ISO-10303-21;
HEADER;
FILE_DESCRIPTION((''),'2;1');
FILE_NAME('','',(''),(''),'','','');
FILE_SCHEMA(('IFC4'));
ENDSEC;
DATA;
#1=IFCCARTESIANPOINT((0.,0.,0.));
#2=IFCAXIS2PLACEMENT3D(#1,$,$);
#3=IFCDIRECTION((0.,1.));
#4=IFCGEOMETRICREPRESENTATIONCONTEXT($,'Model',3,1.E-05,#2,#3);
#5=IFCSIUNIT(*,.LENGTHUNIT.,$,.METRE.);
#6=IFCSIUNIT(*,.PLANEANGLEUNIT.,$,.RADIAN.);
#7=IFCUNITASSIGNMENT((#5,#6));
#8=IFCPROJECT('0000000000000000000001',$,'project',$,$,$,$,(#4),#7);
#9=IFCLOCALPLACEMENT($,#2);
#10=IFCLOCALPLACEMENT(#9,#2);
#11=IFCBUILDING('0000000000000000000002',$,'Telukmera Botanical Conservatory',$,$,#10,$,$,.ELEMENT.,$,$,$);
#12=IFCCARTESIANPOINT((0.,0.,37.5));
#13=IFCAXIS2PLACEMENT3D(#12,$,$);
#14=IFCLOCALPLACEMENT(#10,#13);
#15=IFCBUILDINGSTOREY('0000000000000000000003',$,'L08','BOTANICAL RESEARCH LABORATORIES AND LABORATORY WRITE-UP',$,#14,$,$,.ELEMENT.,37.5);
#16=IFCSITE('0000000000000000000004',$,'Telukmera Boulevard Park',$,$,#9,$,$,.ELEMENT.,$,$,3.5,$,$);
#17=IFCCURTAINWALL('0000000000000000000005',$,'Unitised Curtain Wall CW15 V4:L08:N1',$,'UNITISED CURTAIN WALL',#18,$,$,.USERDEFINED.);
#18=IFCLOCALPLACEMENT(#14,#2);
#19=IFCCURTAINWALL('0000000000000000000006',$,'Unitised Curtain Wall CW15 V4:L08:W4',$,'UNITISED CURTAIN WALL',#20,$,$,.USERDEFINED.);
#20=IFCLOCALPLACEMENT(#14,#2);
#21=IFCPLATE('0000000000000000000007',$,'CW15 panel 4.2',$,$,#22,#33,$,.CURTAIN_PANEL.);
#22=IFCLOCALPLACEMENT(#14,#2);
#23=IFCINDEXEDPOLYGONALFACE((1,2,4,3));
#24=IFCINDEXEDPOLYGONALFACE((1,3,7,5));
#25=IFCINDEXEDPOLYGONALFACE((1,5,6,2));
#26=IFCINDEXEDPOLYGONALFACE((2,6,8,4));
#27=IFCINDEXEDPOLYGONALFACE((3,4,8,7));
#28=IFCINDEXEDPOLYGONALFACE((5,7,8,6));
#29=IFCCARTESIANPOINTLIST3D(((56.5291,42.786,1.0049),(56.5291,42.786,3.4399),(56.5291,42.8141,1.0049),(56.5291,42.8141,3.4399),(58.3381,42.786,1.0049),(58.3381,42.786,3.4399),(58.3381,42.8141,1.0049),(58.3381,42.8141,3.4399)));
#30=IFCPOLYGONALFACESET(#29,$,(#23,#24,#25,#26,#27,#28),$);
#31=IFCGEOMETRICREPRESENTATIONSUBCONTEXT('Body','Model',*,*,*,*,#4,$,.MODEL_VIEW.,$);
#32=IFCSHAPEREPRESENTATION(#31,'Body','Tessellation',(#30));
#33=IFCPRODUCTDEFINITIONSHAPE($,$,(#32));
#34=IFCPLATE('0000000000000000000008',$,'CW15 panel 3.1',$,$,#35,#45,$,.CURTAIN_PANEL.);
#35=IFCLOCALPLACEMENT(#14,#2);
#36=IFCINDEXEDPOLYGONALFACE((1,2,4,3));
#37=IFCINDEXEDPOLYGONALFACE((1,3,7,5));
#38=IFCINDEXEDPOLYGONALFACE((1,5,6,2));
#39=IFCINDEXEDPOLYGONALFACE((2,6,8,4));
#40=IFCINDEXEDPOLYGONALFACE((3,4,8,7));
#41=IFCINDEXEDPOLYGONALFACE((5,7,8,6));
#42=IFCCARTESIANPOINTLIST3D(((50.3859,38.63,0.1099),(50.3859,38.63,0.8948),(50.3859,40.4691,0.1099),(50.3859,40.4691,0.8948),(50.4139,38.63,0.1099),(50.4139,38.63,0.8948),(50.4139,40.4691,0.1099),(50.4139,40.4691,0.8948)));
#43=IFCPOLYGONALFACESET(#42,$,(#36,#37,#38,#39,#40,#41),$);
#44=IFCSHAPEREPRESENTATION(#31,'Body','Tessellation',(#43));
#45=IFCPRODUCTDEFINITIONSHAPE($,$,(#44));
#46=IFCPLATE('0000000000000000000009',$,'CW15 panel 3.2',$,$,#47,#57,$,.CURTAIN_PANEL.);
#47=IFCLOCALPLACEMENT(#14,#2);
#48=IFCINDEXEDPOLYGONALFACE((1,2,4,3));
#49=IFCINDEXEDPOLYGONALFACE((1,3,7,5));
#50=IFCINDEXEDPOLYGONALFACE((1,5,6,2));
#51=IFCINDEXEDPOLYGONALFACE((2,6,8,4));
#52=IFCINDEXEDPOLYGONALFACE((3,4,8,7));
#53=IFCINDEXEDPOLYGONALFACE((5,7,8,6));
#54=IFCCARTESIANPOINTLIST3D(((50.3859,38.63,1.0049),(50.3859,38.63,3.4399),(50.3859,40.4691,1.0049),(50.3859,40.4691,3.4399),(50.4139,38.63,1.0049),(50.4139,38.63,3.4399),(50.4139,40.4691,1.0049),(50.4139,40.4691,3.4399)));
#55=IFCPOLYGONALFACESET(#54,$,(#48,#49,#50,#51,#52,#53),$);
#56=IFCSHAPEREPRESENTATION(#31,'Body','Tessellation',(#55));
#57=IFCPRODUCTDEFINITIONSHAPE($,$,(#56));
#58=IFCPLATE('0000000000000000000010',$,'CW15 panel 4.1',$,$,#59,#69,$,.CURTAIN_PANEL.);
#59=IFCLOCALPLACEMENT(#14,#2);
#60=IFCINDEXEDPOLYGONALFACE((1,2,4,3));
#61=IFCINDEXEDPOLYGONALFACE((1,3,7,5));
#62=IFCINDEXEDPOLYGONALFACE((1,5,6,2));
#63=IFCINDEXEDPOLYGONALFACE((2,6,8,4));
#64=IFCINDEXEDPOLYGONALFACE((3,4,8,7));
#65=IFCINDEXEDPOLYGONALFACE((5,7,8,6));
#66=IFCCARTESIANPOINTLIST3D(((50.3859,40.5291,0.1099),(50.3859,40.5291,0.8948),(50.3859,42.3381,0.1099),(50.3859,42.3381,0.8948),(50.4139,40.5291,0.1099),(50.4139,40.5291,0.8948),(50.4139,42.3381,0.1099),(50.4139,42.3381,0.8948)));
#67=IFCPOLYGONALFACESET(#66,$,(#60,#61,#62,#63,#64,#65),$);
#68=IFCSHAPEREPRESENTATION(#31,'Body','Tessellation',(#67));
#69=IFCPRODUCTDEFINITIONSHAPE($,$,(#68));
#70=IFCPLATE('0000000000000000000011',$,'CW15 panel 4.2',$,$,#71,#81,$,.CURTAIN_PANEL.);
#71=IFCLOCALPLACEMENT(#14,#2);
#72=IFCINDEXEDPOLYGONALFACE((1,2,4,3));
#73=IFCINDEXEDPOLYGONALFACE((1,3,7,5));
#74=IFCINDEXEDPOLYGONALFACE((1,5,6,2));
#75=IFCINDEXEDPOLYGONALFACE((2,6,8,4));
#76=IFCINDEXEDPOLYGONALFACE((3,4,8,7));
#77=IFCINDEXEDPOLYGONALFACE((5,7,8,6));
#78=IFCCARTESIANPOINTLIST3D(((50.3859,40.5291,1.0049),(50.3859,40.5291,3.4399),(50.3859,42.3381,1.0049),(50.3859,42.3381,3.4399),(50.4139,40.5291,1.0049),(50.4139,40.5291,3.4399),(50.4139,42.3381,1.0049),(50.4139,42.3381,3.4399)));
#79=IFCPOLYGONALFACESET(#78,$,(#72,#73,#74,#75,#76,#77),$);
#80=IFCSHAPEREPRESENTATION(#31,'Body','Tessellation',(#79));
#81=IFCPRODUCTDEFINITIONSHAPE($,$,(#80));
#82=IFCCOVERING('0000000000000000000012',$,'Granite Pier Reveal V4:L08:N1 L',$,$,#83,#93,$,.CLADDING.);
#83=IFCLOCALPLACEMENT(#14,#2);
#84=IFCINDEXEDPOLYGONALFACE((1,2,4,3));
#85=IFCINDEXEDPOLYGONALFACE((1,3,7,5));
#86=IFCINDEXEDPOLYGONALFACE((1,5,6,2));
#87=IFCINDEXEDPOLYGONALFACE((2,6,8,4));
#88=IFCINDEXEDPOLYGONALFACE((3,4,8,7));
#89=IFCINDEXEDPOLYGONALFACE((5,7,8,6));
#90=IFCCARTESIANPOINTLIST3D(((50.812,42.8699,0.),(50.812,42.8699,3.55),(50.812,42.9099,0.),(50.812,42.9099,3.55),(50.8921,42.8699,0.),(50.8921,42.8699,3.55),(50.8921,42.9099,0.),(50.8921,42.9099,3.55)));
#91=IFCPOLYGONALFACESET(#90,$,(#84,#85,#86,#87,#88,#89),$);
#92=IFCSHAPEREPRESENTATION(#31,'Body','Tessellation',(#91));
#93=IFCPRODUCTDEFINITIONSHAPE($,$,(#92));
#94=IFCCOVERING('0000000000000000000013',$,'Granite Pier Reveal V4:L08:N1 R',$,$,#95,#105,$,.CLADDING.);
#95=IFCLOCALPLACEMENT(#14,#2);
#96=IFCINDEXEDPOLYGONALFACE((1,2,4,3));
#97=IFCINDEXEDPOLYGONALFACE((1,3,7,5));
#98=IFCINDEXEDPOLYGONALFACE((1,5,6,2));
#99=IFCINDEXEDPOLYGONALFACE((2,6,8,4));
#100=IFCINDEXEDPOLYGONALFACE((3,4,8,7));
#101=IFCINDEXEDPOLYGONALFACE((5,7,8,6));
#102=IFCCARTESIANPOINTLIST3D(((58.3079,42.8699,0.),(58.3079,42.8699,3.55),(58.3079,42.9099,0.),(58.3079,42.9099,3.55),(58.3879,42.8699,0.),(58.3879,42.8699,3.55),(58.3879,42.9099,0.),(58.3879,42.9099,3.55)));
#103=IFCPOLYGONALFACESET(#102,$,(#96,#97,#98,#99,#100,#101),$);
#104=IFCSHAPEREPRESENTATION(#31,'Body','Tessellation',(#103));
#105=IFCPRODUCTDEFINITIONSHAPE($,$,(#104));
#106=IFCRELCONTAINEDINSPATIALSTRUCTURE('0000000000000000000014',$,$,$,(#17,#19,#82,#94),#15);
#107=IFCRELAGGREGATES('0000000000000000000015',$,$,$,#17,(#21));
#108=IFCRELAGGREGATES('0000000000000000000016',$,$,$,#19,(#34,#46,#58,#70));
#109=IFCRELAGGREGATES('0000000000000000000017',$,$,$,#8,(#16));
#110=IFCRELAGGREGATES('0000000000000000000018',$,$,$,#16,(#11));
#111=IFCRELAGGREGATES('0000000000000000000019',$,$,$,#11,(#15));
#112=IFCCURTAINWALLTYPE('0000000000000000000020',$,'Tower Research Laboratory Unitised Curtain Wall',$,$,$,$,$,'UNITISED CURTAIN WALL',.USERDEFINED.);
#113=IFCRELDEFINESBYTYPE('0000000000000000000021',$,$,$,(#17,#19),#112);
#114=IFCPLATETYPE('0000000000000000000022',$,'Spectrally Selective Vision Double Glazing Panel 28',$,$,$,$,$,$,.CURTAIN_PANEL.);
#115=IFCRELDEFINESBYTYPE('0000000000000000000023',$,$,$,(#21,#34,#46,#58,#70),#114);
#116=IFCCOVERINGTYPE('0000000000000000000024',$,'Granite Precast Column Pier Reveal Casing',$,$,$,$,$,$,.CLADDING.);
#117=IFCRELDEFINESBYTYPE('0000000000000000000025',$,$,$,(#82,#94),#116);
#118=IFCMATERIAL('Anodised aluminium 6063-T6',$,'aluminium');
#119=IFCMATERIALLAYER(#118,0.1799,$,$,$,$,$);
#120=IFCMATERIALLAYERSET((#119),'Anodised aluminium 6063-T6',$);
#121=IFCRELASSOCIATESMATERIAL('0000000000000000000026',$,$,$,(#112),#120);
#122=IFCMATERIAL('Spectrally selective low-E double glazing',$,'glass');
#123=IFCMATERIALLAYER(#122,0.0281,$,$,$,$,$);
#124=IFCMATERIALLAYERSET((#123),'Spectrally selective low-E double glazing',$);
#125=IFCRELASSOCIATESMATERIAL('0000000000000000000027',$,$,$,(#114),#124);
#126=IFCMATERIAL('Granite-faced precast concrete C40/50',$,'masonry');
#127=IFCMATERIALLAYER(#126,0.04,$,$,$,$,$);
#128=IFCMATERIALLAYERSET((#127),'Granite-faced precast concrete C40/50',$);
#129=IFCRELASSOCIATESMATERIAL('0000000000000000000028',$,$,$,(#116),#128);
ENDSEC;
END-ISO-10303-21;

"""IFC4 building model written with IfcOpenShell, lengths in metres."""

from ifc_helpers import new_model, si_unit, direction, frame, origin, origin_2d, place, context, subcontext, project, spatial, rectangle, extrude, material, layer, layer_set, type_object, element, aggregate, save


model = new_model("IFC4")

# Units and contexts
model_context = context("Model", 3, precision=1e-05, world=origin(), true_north=direction((0.0, 1.0)))
body_context = subcontext(model_context, "Body", "Model", "MODEL_VIEW")
ifc_project = project(units=[si_unit("LENGTHUNIT", "METRE"), si_unit("PLANEANGLEUNIT", "RADIAN")], contexts=[model_context])

# Site, building, storey
site_placement = place(None, origin())
site = spatial("IfcSite", under=ifc_project, at=site_placement, Name="Telukmera Boulevard Park", CompositionType="ELEMENT", RefElevation=3.5)
building_placement = place(site_placement, origin())
building = spatial("IfcBuilding", under=site, at=building_placement, Name="Telukmera Botanical Conservatory", CompositionType="ELEMENT")
storey_placement = place(building_placement, frame((0.0, 0.0, 37.5)))
storey = spatial("IfcBuildingStorey", under=building, at=storey_placement, Name="L08", Description="BOTANICAL RESEARCH LABORATORIES AND LABORATORY WRITE-UP", CompositionType="ELEMENT", Elevation=37.5)

# Curtain wall
ifc_material_1 = material(Name="Anodised aluminium 6063-T6", Category="aluminium")
ifc_layer_1 = layer(ifc_material_1, 0.1799)
ifc_layer_set_1 = layer_set([ifc_layer_1], Name="Anodised aluminium 6063-T6")
curtain_wall_type = type_object("IfcCurtainWallType", Name="Tower Research Laboratory Unitised Curtain Wall", ElementType="UNITISED CURTAIN WALL", PredefinedType="USERDEFINED", material=ifc_layer_set_1)
curtain_wall_1_placement = place(storey_placement, origin())
curtain_wall_1 = element("IfcCurtainWall", 1, at=curtain_wall_1_placement, inside=storey, type_object=curtain_wall_type, Name="Unitised Curtain Wall CW15 V4:L08:N1", ObjectType="UNITISED CURTAIN WALL", PredefinedType="USERDEFINED")

# Curtain wall
curtain_wall_2_placement = place(storey_placement, origin())
curtain_wall_2 = element("IfcCurtainWall", 2, at=curtain_wall_2_placement, inside=storey, type_object=curtain_wall_type, Name="Unitised Curtain Wall CW15 V4:L08:W4", ObjectType="UNITISED CURTAIN WALL", PredefinedType="USERDEFINED")

# Plates
ifc_material_2 = material(Name="Spectrally selective low-E double glazing", Category="glass")
ifc_layer_2 = layer(ifc_material_2, 0.0281)
ifc_layer_set_2 = layer_set([ifc_layer_2], Name="Spectrally selective low-E double glazing")
plate_type = type_object("IfcPlateType", Name="Spectrally Selective Vision Double Glazing Panel 28", PredefinedType="CURTAIN_PANEL", material=ifc_layer_set_2)
plate_1_placement = place(storey_placement, frame((57.4336, 42.8, 1.0049), z_axis=(0.0, 0.0, 1.0), x_axis=(1.0, 0.0, 0.0)))
plate_1 = element("IfcPlate", 3, at=plate_1_placement, type_object=plate_type, Name="CW15 panel 4.2", PredefinedType="CURTAIN_PANEL", context=body_context, shape_type="SweptSolid", body=[
    extrude(rectangle(XDim=1.8091, YDim=0.0281, at=origin_2d()), origin(), (0.0, 0.0, 1.0), 2.4351),
])
aggregate(curtain_wall_1, [plate_1])
plate_2_placement = place(storey_placement, frame((50.3999, 39.5496, 0.1099), z_axis=(0.0, 0.0, 1.0), x_axis=(0.0, 1.0, 0.0)))
plate_2 = element("IfcPlate", 4, at=plate_2_placement, type_object=plate_type, Name="CW15 panel 3.1", PredefinedType="CURTAIN_PANEL", context=body_context, shape_type="SweptSolid", body=[
    extrude(rectangle(XDim=1.8391, YDim=0.0281, at=origin_2d()), origin(), (0.0, 0.0, 1.0), 0.7849),
])
plate_3_placement = place(storey_placement, frame((50.3999, 39.5496, 1.0049), z_axis=(0.0, 0.0, 1.0), x_axis=(0.0, 1.0, 0.0)))
plate_3 = element("IfcPlate", 5, at=plate_3_placement, type_object=plate_type, Name="CW15 panel 3.2", PredefinedType="CURTAIN_PANEL", context=body_context, shape_type="SweptSolid", body=[
    extrude(rectangle(XDim=1.8391, YDim=0.0281, at=origin_2d()), origin(), (0.0, 0.0, 1.0), 2.4351),
])
plate_4_placement = place(storey_placement, frame((50.3999, 41.4336, 0.1099), z_axis=(0.0, 0.0, 1.0), x_axis=(0.0, 1.0, 0.0)))
plate_4 = element("IfcPlate", 6, at=plate_4_placement, type_object=plate_type, Name="CW15 panel 4.1", PredefinedType="CURTAIN_PANEL", context=body_context, shape_type="SweptSolid", body=[
    extrude(rectangle(XDim=1.8091, YDim=0.0281, at=origin_2d()), origin(), (0.0, 0.0, 1.0), 0.7849),
])
plate_5_placement = place(storey_placement, frame((50.3999, 41.4336, 1.0049), z_axis=(0.0, 0.0, 1.0), x_axis=(0.0, 1.0, 0.0)))
plate_5 = element("IfcPlate", 7, at=plate_5_placement, type_object=plate_type, Name="CW15 panel 4.2", PredefinedType="CURTAIN_PANEL", context=body_context, shape_type="SweptSolid", body=[
    extrude(rectangle(XDim=1.8091, YDim=0.0281, at=origin_2d()), origin(), (0.0, 0.0, 1.0), 2.4351),
])
aggregate(curtain_wall_2, [plate_2, plate_3, plate_4, plate_5])

# Coverings
ifc_material_3 = material(Name="Granite-faced precast concrete C40/50", Category="masonry")
ifc_layer_3 = layer(ifc_material_3, 0.04)
ifc_layer_set_3 = layer_set([ifc_layer_3], Name="Granite-faced precast concrete C40/50")
covering_type = type_object("IfcCoveringType", Name="Granite Precast Column Pier Reveal Casing", PredefinedType="CLADDING", material=ifc_layer_set_3)
for number, where, z_axis, x_axis, name in (
    (8, (50.8521, 42.8899, 0.0), (0.0, 0.0, 1.0), (1.0, 0.0, 0.0), "Granite Pier Reveal V4:L08:N1 L"),
    (9, (58.3479, 42.8899, 0.0), (0.0, 0.0, 1.0), (1.0, 0.0, 0.0), "Granite Pier Reveal V4:L08:N1 R"),
):
    element("IfcCovering", number, at=place(storey_placement, frame(where, z_axis=z_axis, x_axis=x_axis)), inside=storey, type_object=covering_type, Name=name, PredefinedType="CLADDING", context=body_context, shape_type="SweptSolid", body=[
        extrude(rectangle(XDim=0.0801, YDim=0.04, at=origin_2d()), origin(), (0.0, 0.0, 1.0), 3.55),
    ])

save(model, "model.ifc")
